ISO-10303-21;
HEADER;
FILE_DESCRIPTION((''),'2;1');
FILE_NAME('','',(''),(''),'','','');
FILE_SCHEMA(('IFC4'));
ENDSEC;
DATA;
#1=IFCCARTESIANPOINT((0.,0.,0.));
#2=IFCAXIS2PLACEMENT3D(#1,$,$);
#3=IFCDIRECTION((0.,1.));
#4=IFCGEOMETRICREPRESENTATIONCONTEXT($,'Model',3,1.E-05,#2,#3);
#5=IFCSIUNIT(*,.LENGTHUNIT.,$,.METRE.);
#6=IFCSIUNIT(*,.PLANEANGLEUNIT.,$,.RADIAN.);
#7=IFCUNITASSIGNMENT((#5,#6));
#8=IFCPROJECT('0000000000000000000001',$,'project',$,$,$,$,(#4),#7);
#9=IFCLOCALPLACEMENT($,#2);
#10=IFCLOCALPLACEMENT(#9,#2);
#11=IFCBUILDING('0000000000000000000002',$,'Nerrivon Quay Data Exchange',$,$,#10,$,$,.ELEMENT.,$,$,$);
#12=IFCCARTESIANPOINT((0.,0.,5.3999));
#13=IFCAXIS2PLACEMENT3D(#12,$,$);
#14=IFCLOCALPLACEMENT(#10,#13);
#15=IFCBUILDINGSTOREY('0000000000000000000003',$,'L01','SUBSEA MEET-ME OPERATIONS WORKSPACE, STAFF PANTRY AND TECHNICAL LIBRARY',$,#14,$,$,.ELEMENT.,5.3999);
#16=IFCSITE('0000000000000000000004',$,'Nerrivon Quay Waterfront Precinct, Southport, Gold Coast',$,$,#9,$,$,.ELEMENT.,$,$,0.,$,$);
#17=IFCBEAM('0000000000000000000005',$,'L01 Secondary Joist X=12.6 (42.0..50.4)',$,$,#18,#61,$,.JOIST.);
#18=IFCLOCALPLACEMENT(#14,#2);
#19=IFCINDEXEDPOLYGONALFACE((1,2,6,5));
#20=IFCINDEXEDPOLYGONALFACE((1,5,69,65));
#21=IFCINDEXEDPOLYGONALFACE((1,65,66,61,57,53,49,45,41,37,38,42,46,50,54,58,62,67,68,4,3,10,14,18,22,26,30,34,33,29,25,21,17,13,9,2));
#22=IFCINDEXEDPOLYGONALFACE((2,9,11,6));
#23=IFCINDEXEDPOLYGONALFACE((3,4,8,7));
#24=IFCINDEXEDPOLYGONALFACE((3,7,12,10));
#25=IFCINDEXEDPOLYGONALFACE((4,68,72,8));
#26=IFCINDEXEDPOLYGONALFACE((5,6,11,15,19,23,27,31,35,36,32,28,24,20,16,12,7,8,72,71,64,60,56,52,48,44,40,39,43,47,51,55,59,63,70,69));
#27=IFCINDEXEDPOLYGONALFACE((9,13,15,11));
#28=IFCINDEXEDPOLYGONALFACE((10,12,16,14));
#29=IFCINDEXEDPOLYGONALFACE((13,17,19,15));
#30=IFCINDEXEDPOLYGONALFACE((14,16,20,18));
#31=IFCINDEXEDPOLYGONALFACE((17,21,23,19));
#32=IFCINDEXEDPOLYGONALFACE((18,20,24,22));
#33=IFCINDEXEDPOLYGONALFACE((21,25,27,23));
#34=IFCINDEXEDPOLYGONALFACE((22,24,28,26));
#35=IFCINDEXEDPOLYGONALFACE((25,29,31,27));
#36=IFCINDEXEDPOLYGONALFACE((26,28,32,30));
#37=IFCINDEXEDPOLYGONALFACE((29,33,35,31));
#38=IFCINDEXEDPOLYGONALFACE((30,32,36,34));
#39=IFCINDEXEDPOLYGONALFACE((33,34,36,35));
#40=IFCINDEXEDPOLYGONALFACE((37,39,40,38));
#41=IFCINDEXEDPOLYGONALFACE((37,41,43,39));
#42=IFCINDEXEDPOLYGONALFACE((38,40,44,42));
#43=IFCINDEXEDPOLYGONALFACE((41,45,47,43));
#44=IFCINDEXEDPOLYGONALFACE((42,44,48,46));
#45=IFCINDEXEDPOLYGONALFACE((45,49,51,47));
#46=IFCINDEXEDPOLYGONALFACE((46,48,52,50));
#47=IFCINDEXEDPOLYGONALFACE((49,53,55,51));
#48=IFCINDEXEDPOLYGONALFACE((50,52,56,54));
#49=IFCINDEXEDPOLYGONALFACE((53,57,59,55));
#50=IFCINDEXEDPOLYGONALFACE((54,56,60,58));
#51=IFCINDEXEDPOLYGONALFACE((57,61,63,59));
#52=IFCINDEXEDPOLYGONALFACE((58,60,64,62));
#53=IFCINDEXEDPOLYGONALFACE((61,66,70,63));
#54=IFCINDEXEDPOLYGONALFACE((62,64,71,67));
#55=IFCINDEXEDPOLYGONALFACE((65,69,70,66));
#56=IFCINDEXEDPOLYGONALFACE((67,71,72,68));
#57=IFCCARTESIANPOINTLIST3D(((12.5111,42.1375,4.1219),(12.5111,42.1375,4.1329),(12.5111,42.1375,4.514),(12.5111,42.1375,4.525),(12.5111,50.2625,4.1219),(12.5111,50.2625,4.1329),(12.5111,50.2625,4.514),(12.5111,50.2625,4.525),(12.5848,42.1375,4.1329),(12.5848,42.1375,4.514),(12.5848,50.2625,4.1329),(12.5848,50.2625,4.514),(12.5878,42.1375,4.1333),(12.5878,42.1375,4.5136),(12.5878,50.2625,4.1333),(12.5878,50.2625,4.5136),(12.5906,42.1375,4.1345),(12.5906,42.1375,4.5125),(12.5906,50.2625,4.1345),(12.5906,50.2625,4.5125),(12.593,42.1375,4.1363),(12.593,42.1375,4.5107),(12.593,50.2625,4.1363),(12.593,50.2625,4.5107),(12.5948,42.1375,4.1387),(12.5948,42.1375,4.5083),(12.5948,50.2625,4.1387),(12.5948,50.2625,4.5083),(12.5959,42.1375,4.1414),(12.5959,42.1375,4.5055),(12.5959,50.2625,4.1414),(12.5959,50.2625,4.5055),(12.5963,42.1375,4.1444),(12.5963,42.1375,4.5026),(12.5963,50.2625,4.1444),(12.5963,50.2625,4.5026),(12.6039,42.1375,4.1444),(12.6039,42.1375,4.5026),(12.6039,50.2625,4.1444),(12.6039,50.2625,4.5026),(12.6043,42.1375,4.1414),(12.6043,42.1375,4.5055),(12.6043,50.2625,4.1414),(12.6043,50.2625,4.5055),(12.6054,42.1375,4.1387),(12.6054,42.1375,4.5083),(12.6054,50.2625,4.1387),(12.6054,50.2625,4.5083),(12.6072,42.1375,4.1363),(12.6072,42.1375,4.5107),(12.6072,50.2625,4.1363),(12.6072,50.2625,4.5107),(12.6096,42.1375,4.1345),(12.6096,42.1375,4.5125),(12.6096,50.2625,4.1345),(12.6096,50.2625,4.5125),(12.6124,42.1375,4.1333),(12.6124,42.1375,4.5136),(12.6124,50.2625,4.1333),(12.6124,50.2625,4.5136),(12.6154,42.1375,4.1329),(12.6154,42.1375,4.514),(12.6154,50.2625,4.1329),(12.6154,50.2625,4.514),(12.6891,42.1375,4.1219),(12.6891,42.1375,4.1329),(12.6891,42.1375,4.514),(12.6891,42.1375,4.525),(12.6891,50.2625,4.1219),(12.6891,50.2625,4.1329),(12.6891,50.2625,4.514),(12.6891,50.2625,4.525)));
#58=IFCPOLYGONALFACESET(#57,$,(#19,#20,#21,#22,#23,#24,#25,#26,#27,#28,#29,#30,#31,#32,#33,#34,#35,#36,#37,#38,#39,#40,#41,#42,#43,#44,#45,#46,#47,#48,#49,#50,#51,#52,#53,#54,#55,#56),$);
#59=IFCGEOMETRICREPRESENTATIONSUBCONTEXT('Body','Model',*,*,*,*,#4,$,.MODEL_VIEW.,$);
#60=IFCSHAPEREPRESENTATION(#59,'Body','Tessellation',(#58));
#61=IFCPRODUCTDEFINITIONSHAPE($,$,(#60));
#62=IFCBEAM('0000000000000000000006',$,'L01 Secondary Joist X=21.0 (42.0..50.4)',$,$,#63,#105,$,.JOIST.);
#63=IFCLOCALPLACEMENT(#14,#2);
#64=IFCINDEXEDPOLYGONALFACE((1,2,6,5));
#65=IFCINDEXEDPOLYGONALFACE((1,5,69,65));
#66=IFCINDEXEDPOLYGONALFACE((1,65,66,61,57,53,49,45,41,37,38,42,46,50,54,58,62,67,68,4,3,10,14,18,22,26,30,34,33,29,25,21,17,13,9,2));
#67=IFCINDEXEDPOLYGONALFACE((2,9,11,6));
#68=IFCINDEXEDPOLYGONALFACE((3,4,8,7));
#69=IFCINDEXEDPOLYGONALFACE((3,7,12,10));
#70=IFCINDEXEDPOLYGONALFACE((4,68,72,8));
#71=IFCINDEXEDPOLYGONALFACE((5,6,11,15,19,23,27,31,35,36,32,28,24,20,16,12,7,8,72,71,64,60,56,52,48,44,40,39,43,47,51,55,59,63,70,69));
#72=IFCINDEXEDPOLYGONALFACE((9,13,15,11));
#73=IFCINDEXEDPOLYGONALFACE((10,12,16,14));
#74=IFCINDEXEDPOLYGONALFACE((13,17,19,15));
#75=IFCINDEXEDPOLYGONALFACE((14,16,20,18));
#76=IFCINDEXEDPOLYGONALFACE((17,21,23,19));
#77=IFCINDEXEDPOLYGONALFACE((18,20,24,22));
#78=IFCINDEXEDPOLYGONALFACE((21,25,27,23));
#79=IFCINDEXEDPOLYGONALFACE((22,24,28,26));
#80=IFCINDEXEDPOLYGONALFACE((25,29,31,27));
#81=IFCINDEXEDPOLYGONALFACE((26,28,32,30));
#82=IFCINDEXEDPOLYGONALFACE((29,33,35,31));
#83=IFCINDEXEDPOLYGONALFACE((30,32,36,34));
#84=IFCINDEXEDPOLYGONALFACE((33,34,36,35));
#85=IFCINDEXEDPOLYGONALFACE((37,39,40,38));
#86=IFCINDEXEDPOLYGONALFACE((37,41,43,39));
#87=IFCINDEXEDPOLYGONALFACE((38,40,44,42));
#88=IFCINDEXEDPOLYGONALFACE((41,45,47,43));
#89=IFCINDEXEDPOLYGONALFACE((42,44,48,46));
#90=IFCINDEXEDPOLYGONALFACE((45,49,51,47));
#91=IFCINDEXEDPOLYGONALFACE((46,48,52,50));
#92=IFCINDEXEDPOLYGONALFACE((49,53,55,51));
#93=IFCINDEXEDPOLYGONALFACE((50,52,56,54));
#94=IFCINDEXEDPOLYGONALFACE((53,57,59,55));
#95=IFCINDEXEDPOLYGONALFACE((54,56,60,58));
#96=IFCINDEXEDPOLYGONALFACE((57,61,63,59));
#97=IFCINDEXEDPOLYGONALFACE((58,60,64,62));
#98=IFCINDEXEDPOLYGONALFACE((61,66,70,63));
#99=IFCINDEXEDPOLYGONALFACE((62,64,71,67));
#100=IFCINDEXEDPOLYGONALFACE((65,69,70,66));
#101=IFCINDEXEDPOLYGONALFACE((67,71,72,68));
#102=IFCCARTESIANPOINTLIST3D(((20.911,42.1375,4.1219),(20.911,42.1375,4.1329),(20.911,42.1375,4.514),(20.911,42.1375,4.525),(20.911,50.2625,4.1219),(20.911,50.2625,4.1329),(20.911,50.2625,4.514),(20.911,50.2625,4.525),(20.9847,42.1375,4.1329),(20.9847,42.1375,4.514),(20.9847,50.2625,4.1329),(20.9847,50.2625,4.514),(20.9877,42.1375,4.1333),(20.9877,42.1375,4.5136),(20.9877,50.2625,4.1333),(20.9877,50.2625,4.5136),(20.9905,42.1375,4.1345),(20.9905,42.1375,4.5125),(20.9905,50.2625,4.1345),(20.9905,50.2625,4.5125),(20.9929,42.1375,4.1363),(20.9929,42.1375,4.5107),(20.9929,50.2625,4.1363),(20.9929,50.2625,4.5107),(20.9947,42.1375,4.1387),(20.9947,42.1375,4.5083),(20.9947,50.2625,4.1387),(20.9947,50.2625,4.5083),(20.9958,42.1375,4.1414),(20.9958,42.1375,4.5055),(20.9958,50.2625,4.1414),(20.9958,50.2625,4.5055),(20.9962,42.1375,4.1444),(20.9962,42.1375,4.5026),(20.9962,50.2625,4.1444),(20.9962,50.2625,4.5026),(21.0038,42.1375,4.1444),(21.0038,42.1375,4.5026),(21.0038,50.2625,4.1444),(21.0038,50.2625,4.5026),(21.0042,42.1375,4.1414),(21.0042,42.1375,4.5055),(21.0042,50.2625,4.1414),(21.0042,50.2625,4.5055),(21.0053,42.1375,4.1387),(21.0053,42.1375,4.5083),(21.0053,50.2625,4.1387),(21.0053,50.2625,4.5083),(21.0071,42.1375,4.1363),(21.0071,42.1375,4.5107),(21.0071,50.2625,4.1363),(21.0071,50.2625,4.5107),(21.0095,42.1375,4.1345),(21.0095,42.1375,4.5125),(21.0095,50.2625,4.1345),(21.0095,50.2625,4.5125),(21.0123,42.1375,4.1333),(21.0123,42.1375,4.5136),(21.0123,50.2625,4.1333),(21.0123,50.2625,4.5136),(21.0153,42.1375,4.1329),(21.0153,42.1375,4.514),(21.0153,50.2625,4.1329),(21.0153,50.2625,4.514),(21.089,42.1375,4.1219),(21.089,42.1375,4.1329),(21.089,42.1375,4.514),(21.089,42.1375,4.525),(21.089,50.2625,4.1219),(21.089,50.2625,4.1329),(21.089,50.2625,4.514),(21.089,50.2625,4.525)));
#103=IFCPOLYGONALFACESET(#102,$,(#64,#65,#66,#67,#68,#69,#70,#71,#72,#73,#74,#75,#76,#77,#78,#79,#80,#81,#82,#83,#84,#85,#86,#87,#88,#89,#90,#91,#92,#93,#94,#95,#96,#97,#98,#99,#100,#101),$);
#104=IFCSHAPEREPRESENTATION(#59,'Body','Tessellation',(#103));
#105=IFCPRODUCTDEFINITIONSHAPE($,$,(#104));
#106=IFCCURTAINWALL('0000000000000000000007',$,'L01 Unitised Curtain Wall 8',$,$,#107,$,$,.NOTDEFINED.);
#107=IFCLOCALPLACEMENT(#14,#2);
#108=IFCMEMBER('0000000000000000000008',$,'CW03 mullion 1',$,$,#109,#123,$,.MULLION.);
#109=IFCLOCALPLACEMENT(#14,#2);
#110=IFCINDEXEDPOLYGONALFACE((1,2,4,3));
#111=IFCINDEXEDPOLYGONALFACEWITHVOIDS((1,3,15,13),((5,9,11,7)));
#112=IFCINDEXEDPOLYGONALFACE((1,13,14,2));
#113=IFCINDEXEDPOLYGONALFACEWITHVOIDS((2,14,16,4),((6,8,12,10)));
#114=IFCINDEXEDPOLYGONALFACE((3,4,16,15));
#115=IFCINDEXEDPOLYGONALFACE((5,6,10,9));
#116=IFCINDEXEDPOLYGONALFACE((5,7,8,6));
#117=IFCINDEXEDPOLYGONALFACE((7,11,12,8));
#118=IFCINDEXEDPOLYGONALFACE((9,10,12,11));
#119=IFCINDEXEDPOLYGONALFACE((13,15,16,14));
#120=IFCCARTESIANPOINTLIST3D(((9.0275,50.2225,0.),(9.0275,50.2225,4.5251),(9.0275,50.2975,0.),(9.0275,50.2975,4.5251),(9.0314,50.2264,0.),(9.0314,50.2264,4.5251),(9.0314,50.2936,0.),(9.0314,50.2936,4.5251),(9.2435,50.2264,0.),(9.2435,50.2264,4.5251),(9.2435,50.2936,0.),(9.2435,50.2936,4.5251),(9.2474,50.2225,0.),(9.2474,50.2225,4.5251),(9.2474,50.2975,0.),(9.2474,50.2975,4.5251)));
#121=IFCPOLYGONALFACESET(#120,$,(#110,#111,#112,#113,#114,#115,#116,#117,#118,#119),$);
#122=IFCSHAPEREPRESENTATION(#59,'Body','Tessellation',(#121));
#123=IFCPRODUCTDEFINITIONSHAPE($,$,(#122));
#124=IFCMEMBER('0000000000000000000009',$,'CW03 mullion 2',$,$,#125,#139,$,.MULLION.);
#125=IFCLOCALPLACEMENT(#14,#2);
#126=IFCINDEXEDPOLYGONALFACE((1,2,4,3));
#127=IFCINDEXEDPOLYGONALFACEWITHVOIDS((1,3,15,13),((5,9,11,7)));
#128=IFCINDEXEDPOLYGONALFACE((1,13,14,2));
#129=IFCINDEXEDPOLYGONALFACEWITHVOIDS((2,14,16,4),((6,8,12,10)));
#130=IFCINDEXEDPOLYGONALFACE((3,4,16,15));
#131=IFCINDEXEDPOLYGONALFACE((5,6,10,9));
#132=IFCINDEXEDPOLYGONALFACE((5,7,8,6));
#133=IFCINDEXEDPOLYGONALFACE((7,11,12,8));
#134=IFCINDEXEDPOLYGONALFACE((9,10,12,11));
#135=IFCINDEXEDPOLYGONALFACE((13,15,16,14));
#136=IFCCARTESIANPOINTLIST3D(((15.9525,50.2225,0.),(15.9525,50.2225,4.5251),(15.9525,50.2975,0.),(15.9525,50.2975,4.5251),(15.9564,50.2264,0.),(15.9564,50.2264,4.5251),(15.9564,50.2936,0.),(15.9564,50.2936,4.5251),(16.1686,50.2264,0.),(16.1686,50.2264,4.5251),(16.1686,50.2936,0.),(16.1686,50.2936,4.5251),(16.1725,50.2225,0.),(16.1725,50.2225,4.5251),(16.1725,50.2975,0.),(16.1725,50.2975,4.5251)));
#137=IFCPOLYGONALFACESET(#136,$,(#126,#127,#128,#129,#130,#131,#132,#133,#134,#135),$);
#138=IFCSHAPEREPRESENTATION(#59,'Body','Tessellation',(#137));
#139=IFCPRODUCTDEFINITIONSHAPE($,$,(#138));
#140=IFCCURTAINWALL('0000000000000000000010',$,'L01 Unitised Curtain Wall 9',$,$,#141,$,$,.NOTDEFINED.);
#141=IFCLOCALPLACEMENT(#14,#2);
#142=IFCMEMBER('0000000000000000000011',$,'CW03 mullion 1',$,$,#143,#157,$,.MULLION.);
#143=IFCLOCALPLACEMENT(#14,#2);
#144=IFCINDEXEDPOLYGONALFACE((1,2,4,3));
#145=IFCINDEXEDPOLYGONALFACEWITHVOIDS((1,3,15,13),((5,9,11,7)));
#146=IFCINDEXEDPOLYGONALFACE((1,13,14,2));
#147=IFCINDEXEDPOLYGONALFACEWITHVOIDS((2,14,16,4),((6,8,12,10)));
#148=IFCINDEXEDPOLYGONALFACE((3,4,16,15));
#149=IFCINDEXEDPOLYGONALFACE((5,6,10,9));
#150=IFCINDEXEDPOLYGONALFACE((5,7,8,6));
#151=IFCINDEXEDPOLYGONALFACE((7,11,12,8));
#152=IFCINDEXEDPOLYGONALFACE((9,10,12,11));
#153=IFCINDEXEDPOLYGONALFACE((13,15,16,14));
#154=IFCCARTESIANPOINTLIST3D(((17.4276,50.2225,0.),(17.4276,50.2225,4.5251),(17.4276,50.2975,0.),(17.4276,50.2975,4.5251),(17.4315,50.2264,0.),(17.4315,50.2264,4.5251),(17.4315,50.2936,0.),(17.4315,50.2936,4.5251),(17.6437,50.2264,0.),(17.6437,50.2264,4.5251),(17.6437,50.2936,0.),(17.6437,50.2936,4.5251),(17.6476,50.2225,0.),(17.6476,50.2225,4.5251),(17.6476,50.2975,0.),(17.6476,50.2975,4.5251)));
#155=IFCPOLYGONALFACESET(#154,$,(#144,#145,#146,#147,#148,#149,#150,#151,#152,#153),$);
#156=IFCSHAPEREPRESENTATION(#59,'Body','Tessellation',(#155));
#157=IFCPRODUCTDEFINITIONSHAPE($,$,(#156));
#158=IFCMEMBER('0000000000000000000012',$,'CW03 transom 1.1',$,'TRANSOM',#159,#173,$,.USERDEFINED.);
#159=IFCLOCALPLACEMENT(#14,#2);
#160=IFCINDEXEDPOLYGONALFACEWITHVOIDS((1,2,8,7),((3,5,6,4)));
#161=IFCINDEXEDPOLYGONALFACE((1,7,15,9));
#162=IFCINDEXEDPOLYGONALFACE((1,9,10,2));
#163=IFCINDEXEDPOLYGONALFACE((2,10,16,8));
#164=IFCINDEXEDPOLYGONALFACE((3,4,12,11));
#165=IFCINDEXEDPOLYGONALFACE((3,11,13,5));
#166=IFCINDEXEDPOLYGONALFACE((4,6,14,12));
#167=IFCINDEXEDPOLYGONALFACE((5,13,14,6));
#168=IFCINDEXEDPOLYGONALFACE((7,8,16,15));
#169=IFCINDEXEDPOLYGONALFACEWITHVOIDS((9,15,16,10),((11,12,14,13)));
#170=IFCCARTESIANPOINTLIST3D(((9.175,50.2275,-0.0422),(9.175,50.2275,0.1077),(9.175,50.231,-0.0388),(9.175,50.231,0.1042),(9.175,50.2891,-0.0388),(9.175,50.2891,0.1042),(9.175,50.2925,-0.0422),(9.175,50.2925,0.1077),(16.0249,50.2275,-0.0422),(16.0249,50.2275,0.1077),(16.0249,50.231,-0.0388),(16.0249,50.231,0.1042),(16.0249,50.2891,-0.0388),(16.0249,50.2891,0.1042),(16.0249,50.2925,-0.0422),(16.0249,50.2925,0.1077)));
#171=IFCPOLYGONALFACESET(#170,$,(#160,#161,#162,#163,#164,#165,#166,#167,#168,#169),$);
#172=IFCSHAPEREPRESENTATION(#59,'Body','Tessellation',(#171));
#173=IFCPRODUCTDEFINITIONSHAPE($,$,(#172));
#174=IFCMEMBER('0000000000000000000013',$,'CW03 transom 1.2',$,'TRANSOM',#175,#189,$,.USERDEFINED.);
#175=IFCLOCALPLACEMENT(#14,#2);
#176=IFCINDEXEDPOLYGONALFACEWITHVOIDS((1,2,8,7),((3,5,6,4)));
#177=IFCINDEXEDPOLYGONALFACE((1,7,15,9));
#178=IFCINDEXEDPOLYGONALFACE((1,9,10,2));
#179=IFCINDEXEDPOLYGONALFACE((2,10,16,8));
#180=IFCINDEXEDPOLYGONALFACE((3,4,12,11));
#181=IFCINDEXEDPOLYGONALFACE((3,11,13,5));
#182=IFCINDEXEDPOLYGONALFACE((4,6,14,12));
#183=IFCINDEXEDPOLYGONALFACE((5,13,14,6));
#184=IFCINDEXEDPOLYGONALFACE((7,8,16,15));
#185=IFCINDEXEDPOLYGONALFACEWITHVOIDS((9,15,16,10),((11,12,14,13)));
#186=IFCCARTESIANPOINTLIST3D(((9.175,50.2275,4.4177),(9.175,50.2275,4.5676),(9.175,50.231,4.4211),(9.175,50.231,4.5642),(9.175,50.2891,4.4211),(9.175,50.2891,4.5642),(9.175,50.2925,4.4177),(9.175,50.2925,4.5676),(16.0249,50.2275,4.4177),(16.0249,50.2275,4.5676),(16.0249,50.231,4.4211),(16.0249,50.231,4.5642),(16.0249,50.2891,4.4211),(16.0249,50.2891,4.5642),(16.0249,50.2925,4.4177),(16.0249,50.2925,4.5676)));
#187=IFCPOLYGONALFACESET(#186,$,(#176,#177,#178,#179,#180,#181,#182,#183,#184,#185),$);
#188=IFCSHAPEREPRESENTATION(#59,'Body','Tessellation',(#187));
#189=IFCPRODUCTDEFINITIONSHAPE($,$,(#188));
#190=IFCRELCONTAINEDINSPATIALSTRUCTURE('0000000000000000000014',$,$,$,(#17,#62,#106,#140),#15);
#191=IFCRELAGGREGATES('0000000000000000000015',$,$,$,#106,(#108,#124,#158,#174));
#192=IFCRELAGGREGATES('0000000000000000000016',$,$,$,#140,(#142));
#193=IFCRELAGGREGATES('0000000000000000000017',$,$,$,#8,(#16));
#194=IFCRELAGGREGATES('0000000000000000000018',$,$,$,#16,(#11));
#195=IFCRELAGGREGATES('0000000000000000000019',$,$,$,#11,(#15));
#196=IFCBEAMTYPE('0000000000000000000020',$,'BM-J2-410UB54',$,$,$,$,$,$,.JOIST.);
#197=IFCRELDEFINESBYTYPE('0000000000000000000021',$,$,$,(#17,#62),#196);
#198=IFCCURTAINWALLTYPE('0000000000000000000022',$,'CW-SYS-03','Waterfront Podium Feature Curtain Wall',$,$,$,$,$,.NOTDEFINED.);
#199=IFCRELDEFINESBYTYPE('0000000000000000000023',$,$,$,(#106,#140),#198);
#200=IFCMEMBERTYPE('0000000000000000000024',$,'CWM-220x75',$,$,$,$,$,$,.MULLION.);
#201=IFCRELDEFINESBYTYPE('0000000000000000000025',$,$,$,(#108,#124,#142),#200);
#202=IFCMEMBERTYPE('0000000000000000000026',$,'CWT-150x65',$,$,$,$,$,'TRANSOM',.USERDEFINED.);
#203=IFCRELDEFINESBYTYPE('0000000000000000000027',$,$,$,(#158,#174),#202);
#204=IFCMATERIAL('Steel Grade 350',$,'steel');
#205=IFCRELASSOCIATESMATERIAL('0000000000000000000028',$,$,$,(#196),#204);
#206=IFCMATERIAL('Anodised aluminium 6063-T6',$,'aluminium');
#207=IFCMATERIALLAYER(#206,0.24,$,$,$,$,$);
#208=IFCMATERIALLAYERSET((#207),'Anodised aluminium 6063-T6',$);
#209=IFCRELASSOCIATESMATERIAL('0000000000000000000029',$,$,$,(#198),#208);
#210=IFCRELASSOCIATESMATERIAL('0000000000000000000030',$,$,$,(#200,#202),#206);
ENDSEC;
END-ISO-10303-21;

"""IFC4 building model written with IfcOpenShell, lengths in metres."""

from ifc_helpers import new_model, si_unit, direction, frame, origin, origin_2d, place, context, subcontext, project, spatial, hollow_rectangle, i_section, extrude, material, layer, layer_set, material_profile, profile_set, type_object, element, aggregate, save


model = new_model("IFC4")

# Units and contexts
model_context = context("Model", 3, precision=1e-05, world=origin(), true_north=direction((0.0, 1.0)))
body_context = subcontext(model_context, "Body", "Model", "MODEL_VIEW")
ifc_project = project(units=[si_unit("LENGTHUNIT", "METRE"), si_unit("PLANEANGLEUNIT", "RADIAN")], contexts=[model_context])

# Site, building, storey
site_placement = place(None, origin())
site = spatial("IfcSite", under=ifc_project, at=site_placement, Name="Nerrivon Quay Waterfront Precinct, Southport, Gold Coast", CompositionType="ELEMENT", RefElevation=0.0)
building_placement = place(site_placement, origin())
building = spatial("IfcBuilding", under=site, at=building_placement, Name="Nerrivon Quay Data Exchange", CompositionType="ELEMENT")
storey_placement = place(building_placement, frame((0.0, 0.0, 5.3999)))
storey = spatial("IfcBuildingStorey", under=building, at=storey_placement, Name="L01", Description="SUBSEA MEET-ME OPERATIONS WORKSPACE, STAFF PANTRY AND TECHNICAL LIBRARY", CompositionType="ELEMENT", Elevation=5.3999)

# Beams
ifc_material_1 = material(Name="Steel Grade 350", Category="steel")
ifc_material_profile_1 = material_profile(ifc_material_1, i_section(OverallWidth=0.178, OverallDepth=0.4031, WebThickness=0.0076, FlangeThickness=0.011, FilletRadius=0.0115, at=origin_2d()), Name="410UB53.7")
ifc_profile_set_1 = profile_set([ifc_material_profile_1], Name="Steel Grade 350")
beam_type_1 = type_object("IfcBeamType", Name="BM-J2-410UB54", PredefinedType="JOIST", material=ifc_profile_set_1)
for number, where, z_axis, x_axis, name in (
    (1, (12.6001, 42.1375, 4.3235), (0.0, 1.0, 0.0), (-1.0, 0.0, 0.0), "L01 Secondary Joist X=12.6 (42.0..50.4)"),
    (2, (21.0, 42.1375, 4.3235), (0.0, 1.0, 0.0), (-1.0, 0.0, 0.0), "L01 Secondary Joist X=21.0 (42.0..50.4)"),
):
    element("IfcBeam", number, at=place(storey_placement, frame(where, z_axis=z_axis, x_axis=x_axis)), inside=storey, type_object=beam_type_1, Name=name, PredefinedType="JOIST", context=body_context, shape_type="SweptSolid", body=[
        extrude(i_section(OverallWidth=0.178, OverallDepth=0.4031, WebThickness=0.0076, FlangeThickness=0.011, FilletRadius=0.0115, at=origin_2d()), origin(), (0.0, 0.0, 1.0), 8.125),
    ])

# Curtain wall, members
ifc_material_2 = material(Name="Anodised aluminium 6063-T6", Category="aluminium")
ifc_layer_1 = layer(ifc_material_2, 0.24)
ifc_layer_set_1 = layer_set([ifc_layer_1], Name="Anodised aluminium 6063-T6")
curtain_wall_type = type_object("IfcCurtainWallType", Name="CW-SYS-03", Description="Waterfront Podium Feature Curtain Wall", PredefinedType="NOTDEFINED", material=ifc_layer_set_1)
curtain_wall_1_placement = place(storey_placement, origin())
curtain_wall_1 = element("IfcCurtainWall", 3, at=curtain_wall_1_placement, inside=storey, type_object=curtain_wall_type, Name="L01 Unitised Curtain Wall 8", PredefinedType="NOTDEFINED")
ifc_material_profile_2 = material_profile(ifc_material_2, hollow_rectangle(XDim=0.075, YDim=0.22, WallThickness=0.0039, at=origin_2d()), Name="ALU-MULL-220x75")
ifc_profile_set_2 = profile_set([ifc_material_profile_2], Name="Anodised aluminium 6063-T6")
member_type_1 = type_object("IfcMemberType", Name="CWM-220x75", PredefinedType="MULLION", material=ifc_profile_set_2)
member_1_placement = place(storey_placement, frame((9.1375, 50.26, 0.0), z_axis=(0.0, 0.0, 1.0), x_axis=(0.0, 1.0, 0.0)))
member_1 = element("IfcMember", 4, at=member_1_placement, type_object=member_type_1, Name="CW03 mullion 1", PredefinedType="MULLION", context=body_context, shape_type="SweptSolid", body=[
    extrude(hollow_rectangle(XDim=0.075, YDim=0.22, WallThickness=0.0039, at=origin_2d()), origin(), (0.0, 0.0, 1.0), 4.5251),
])
member_2_placement = place(storey_placement, frame((16.0625, 50.26, 0.0), z_axis=(0.0, 0.0, 1.0), x_axis=(0.0, 1.0, 0.0)))
member_2 = element("IfcMember", 5, at=member_2_placement, type_object=member_type_1, Name="CW03 mullion 2", PredefinedType="MULLION", context=body_context, shape_type="SweptSolid", body=[
    extrude(hollow_rectangle(XDim=0.075, YDim=0.22, WallThickness=0.0039, at=origin_2d()), origin(), (0.0, 0.0, 1.0), 4.5251),
])

# Curtain wall, member
curtain_wall_2_placement = place(storey_placement, origin())
curtain_wall_2 = element("IfcCurtainWall", 6, at=curtain_wall_2_placement, inside=storey, type_object=curtain_wall_type, Name="L01 Unitised Curtain Wall 9", PredefinedType="NOTDEFINED")
member_3_placement = place(storey_placement, frame((17.5376, 50.26, 0.0), z_axis=(0.0, 0.0, 1.0), x_axis=(0.0, 1.0, 0.0)))
member_3 = element("IfcMember", 7, at=member_3_placement, type_object=member_type_1, Name="CW03 mullion 1", PredefinedType="MULLION", context=body_context, shape_type="SweptSolid", body=[
    extrude(hollow_rectangle(XDim=0.075, YDim=0.22, WallThickness=0.0039, at=origin_2d()), origin(), (0.0, 0.0, 1.0), 4.5251),
])

# Members
ifc_material_profile_3 = material_profile(ifc_material_2, hollow_rectangle(XDim=0.0649, YDim=0.1499, WallThickness=0.0034, at=origin_2d()), Name="ALU-TRAN-150x65")
ifc_profile_set_3 = profile_set([ifc_material_profile_3], Name="Anodised aluminium 6063-T6")
member_type_2 = type_object("IfcMemberType", Name="CWT-150x65", ElementType="TRANSOM", PredefinedType="USERDEFINED", material=ifc_profile_set_3)
member_4_placement = place(storey_placement, frame((9.175, 50.26, 0.0327), z_axis=(1.0, 0.0, 0.0), x_axis=(0.0, 1.0, 0.0)))
member_4 = element("IfcMember", 8, at=member_4_placement, type_object=member_type_2, Name="CW03 transom 1.1", ObjectType="TRANSOM", PredefinedType="USERDEFINED", context=body_context, shape_type="SweptSolid", body=[
    extrude(hollow_rectangle(XDim=0.0649, YDim=0.1499, WallThickness=0.0034, at=origin_2d()), origin(), (0.0, 0.0, 1.0), 6.8499),
])
member_5_placement = place(storey_placement, frame((9.175, 50.26, 4.4927), z_axis=(1.0, 0.0, 0.0), x_axis=(0.0, 1.0, 0.0)))
member_5 = element("IfcMember", 9, at=member_5_placement, type_object=member_type_2, Name="CW03 transom 1.2", ObjectType="TRANSOM", PredefinedType="USERDEFINED", context=body_context, shape_type="SweptSolid", body=[
    extrude(hollow_rectangle(XDim=0.0649, YDim=0.1499, WallThickness=0.0034, at=origin_2d()), origin(), (0.0, 0.0, 1.0), 6.8499),
])

aggregate(curtain_wall_1, [member_1, member_2, member_4, member_5])
aggregate(curtain_wall_2, [member_3])

save(model, "model.ifc")
